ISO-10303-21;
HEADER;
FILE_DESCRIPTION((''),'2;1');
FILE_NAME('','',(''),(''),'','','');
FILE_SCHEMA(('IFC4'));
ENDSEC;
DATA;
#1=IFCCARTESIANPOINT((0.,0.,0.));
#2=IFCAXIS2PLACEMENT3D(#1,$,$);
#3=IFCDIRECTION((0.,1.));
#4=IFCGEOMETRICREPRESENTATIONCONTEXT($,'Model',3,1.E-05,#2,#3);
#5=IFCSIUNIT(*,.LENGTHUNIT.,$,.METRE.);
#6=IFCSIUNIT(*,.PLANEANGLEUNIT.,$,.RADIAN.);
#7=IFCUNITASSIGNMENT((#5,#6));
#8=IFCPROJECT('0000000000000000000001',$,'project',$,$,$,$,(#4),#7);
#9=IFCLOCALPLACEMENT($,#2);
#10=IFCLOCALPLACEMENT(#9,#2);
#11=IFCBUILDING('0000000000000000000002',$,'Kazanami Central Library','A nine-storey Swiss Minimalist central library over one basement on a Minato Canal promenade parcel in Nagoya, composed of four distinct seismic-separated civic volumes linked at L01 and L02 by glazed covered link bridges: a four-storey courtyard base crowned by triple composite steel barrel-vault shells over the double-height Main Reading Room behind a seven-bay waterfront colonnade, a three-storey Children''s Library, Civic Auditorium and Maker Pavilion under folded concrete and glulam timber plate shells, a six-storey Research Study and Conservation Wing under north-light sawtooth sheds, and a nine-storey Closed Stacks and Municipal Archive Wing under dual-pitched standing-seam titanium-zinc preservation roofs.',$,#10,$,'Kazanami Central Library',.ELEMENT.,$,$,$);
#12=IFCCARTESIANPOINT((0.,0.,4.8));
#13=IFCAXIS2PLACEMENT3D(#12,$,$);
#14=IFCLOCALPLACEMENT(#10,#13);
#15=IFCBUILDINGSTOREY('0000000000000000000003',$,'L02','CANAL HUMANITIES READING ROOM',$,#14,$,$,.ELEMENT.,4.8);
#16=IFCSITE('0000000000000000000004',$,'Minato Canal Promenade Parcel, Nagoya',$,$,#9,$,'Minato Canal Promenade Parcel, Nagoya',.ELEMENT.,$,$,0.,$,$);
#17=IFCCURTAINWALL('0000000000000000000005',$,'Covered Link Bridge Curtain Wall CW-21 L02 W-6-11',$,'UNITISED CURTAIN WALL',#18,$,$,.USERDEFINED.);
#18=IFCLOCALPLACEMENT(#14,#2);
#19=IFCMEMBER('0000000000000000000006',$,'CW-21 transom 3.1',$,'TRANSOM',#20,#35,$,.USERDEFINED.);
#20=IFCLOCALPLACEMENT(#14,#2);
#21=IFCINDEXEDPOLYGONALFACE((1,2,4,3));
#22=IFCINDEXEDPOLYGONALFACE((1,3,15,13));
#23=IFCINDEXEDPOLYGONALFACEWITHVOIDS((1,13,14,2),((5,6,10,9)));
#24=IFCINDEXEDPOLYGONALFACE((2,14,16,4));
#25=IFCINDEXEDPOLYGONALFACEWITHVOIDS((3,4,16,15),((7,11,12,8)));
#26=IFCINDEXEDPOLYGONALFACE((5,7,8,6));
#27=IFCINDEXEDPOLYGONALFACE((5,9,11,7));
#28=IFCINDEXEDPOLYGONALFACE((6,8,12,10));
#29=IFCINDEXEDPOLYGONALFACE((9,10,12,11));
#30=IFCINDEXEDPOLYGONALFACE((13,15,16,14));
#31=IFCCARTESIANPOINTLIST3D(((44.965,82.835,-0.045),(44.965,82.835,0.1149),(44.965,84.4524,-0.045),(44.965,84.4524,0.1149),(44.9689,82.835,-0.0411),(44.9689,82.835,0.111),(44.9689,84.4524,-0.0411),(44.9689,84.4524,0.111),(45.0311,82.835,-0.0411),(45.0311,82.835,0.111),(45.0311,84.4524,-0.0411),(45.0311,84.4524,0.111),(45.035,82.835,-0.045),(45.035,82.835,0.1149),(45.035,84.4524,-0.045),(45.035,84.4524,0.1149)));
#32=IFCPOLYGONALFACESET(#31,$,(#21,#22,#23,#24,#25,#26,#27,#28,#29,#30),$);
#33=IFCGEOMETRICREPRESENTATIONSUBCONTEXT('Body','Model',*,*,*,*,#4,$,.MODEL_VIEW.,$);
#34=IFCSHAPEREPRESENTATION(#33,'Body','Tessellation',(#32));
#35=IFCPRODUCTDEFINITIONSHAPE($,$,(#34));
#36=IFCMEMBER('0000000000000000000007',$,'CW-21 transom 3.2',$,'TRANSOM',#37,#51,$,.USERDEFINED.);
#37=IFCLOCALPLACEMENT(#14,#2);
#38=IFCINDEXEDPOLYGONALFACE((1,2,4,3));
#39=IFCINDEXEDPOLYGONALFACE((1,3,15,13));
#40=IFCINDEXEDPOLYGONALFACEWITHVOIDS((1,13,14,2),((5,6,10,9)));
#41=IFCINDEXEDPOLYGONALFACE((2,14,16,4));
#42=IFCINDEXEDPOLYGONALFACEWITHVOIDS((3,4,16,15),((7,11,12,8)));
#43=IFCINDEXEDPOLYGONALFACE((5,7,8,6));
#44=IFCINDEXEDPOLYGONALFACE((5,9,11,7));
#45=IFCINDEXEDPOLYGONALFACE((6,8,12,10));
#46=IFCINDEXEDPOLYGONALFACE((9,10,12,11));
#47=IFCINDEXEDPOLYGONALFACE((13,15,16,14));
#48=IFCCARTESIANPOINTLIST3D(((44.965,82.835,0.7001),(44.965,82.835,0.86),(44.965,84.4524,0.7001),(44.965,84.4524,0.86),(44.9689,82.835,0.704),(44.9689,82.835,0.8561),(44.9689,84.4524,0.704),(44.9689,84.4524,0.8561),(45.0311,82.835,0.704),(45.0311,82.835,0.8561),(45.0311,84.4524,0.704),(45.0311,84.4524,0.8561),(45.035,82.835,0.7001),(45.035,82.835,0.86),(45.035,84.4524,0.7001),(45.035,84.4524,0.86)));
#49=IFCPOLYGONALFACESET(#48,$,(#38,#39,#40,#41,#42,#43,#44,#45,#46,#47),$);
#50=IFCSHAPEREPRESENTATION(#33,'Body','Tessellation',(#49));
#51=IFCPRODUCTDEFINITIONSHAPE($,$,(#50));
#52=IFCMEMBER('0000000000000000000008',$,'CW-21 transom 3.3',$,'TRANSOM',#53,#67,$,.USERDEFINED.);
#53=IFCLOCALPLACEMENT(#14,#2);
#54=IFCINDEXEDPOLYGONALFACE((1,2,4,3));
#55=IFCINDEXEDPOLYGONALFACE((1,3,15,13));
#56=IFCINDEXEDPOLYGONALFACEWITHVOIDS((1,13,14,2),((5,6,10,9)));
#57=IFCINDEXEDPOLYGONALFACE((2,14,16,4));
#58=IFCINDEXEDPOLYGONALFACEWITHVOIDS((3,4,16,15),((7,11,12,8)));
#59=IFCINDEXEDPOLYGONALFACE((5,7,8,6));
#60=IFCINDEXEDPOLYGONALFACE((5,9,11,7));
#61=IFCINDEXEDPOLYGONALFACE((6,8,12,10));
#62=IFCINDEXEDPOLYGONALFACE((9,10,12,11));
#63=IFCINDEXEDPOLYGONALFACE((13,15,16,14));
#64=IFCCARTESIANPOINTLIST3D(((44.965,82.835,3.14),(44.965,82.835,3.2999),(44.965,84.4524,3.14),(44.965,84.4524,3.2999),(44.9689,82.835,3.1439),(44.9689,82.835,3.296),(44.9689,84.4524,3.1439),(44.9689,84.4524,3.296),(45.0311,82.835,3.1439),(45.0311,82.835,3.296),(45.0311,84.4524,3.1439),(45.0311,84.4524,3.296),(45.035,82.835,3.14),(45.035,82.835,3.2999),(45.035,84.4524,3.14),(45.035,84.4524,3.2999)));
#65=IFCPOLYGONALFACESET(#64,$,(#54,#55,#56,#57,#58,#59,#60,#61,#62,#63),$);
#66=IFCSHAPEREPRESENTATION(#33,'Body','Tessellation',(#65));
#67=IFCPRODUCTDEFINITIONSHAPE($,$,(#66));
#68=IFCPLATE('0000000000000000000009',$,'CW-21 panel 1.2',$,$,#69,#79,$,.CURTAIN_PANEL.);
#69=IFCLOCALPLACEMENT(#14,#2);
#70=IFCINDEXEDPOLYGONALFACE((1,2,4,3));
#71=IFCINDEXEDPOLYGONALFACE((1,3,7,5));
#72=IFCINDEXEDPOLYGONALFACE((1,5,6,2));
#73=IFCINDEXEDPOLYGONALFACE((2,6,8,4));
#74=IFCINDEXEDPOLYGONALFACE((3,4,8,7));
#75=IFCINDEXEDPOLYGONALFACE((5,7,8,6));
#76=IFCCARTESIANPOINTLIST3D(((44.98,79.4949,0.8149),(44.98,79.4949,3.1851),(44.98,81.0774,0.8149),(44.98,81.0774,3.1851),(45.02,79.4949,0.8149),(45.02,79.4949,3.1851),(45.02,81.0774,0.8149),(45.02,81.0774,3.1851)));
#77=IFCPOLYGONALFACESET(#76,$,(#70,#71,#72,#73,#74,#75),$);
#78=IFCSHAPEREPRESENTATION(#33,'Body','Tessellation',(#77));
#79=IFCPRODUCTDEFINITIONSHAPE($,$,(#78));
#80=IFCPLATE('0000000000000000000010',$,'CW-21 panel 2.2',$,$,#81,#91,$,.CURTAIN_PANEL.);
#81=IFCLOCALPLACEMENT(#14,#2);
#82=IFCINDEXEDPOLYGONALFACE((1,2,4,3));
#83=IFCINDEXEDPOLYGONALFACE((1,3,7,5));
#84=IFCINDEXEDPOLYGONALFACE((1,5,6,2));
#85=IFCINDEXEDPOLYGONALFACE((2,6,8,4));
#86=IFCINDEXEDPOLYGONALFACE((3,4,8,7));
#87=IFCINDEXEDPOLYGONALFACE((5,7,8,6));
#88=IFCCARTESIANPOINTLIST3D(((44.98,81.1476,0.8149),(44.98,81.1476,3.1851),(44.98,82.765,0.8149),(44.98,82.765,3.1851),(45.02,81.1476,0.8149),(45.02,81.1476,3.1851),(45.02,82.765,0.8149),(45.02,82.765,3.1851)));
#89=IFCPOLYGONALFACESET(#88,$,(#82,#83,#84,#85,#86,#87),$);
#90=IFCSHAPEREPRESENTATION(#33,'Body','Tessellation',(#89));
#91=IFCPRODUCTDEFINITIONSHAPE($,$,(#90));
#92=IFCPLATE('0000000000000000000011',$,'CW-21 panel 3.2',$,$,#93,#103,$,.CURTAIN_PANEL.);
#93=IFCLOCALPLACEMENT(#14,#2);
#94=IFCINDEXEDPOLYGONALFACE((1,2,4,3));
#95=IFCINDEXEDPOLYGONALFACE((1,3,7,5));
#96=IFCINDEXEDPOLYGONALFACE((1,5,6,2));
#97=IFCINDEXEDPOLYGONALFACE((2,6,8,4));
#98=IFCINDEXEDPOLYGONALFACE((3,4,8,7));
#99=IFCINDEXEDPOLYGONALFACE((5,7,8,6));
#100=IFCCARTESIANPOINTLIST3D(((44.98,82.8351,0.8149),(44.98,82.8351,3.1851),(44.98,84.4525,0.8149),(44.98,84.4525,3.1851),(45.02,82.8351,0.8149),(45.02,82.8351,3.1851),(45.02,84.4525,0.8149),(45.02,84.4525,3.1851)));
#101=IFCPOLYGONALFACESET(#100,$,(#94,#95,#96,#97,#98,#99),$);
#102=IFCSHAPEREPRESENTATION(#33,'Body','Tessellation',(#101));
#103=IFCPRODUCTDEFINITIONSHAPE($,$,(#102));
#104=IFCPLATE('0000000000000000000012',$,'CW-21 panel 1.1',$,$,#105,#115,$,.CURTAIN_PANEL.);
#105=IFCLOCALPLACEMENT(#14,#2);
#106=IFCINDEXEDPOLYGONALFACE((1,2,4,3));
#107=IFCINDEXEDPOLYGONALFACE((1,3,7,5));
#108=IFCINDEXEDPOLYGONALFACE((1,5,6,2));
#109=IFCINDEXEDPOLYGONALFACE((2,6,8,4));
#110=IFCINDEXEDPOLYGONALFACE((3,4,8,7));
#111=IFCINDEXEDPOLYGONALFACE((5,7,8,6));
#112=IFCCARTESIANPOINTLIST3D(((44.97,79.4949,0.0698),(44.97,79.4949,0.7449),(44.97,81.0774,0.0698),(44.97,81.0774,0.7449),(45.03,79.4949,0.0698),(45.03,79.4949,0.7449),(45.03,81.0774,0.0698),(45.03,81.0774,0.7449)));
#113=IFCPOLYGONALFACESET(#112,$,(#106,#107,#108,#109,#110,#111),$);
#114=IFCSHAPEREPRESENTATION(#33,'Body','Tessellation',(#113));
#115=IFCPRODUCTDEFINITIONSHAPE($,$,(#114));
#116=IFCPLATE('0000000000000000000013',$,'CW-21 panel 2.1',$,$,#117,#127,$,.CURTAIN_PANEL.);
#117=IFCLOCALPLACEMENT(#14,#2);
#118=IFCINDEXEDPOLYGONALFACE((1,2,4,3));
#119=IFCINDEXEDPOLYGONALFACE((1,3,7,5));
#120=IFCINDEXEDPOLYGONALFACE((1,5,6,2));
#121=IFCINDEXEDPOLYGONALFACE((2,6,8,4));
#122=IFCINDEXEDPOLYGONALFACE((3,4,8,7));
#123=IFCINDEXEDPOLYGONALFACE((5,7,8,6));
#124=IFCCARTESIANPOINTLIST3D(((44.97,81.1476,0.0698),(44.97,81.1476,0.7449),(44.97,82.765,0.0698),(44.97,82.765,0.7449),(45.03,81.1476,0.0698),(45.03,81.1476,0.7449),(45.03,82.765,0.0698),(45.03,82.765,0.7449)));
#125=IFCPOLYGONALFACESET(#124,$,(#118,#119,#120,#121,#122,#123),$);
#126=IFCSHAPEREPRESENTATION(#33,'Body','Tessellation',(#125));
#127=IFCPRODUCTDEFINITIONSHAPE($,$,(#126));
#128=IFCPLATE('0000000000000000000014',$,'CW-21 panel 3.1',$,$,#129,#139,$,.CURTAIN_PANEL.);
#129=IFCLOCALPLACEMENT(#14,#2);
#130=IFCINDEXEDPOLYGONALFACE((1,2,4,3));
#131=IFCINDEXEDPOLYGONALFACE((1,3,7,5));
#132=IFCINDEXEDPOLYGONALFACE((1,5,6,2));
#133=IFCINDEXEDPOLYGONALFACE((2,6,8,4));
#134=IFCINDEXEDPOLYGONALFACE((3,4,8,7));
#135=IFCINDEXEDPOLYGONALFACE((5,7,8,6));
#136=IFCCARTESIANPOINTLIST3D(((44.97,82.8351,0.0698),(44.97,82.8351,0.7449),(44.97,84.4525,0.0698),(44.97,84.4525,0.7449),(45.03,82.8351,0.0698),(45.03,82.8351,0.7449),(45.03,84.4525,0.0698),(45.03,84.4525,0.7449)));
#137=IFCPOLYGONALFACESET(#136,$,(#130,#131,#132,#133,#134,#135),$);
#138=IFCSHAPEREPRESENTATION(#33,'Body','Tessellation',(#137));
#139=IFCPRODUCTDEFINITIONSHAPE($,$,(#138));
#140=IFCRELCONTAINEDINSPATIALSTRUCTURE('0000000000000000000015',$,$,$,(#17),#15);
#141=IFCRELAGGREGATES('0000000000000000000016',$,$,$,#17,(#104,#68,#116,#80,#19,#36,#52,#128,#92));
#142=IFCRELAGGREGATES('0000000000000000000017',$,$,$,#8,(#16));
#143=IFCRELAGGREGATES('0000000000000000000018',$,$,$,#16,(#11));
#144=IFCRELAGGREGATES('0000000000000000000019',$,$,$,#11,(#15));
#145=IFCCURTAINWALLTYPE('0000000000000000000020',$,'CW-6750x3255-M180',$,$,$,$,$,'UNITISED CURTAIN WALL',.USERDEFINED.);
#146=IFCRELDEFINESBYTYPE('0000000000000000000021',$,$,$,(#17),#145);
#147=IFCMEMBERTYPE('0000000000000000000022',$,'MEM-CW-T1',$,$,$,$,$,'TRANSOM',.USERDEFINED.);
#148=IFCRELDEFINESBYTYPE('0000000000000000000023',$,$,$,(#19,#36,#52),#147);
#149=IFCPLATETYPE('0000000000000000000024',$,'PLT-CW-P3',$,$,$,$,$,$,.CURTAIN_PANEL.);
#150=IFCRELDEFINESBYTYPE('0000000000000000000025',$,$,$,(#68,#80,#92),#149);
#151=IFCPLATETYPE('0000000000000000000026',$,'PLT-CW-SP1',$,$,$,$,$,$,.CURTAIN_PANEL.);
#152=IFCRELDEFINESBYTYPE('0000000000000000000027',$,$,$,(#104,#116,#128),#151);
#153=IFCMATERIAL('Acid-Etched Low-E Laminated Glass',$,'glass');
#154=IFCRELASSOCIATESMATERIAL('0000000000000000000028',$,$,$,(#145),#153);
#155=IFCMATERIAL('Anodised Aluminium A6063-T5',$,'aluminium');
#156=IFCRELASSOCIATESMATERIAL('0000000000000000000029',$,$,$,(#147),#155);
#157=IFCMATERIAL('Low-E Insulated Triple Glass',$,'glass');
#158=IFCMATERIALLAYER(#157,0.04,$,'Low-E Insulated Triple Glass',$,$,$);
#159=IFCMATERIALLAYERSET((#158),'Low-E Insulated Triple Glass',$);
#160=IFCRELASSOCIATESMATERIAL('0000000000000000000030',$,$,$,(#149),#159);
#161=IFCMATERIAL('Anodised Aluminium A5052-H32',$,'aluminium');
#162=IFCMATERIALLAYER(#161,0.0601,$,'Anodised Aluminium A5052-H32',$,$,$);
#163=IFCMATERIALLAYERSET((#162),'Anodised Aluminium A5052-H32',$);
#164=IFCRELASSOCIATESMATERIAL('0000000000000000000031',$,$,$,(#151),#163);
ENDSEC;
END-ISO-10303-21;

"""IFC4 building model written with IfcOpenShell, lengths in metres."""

from ifc_helpers import new_model, si_unit, direction, frame, origin, origin_2d, place, context, subcontext, project, spatial, rectangle, hollow_rectangle, extrude, material, layer, layer_set, material_profile, profile_set, type_object, element, aggregate, save


model = new_model("IFC4")

# Units and contexts
model_context = context("Model", 3, precision=1e-05, world=origin(), true_north=direction((0.0, 1.0)))
body_context = subcontext(model_context, "Body", "Model", "MODEL_VIEW")
ifc_project = project(units=[si_unit("LENGTHUNIT", "METRE"), si_unit("PLANEANGLEUNIT", "RADIAN")], contexts=[model_context])

# Site, building, storey
site_placement = place(None, origin())
site = spatial("IfcSite", under=ifc_project, at=site_placement, Name="Minato Canal Promenade Parcel, Nagoya", LongName="Minato Canal Promenade Parcel, Nagoya", CompositionType="ELEMENT", RefElevation=0.0)
building_placement = place(site_placement, origin())
building = spatial("IfcBuilding", under=site, at=building_placement, Name="Kazanami Central Library", Description="A nine-storey Swiss Minimalist central library over one basement on a Minato Canal promenade parcel in Nagoya, composed of four distinct seismic-separated civic volumes linked at L01 and L02 by glazed covered link bridges: a four-storey courtyard base crowned by triple composite steel barrel-vault shells over the double-height Main Reading Room behind a seven-bay waterfront colonnade, a three-storey Children's Library, Civic Auditorium and Maker Pavilion under folded concrete and glulam timber plate shells, a six-storey Research Study and Conservation Wing under north-light sawtooth sheds, and a nine-storey Closed Stacks and Municipal Archive Wing under dual-pitched standing-seam titanium-zinc preservation roofs.", LongName="Kazanami Central Library", CompositionType="ELEMENT")
storey_placement = place(building_placement, frame((0.0, 0.0, 4.8)))
storey = spatial("IfcBuildingStorey", under=building, at=storey_placement, Name="L02", Description="CANAL HUMANITIES READING ROOM", CompositionType="ELEMENT", Elevation=4.8)

# Curtain wall, members, plates
ifc_material_1 = material(Name="Acid-Etched Low-E Laminated Glass", Category="glass")
curtain_wall_type = type_object("IfcCurtainWallType", Name="CW-6750x3255-M180", ElementType="UNITISED CURTAIN WALL", PredefinedType="USERDEFINED", material=ifc_material_1)
curtain_wall_placement = place(storey_placement, origin())
curtain_wall = element("IfcCurtainWall", 1, at=curtain_wall_placement, inside=storey, type_object=curtain_wall_type, Name="Covered Link Bridge Curtain Wall CW-21 L02 W-6-11", ObjectType="UNITISED CURTAIN WALL", PredefinedType="USERDEFINED")
ifc_material_2 = material(Name="Anodised Aluminium A6063-T5", Category="aluminium")
ifc_material_profile_1 = material_profile(ifc_material_2, hollow_rectangle(XDim=0.0701, YDim=0.1599, WallThickness=0.0039, at=origin_2d()), Name="ALU-TRAN-70x160x4")
ifc_profile_set_1 = profile_set([ifc_material_profile_1], Name="Anodised Aluminium A6063-T5")
member_type_1 = type_object("IfcMemberType", Name="MEM-CW-T1", ElementType="TRANSOM", PredefinedType="USERDEFINED", material=ifc_profile_set_1)
member_1_placement = place(storey_placement, frame((45.0, 82.835, 0.0349), z_axis=(0.0, 1.0, 0.0), x_axis=(-1.0, 0.0, 0.0)))
member_1 = element("IfcMember", 2, at=member_1_placement, type_object=member_type_1, Name="CW-21 transom 3.1", ObjectType="TRANSOM", PredefinedType="USERDEFINED", context=body_context, shape_type="SweptSolid", body=[
    extrude(hollow_rectangle(XDim=0.0701, YDim=0.1599, WallThickness=0.0039, at=origin_2d()), origin(), (0.0, 0.0, 1.0), 1.6174),
])
member_2_placement = place(storey_placement, frame((45.0, 82.835, 0.78), z_axis=(0.0, 1.0, 0.0), x_axis=(-1.0, 0.0, 0.0)))
member_2 = element("IfcMember", 3, at=member_2_placement, type_object=member_type_1, Name="CW-21 transom 3.2", ObjectType="TRANSOM", PredefinedType="USERDEFINED", context=body_context, shape_type="SweptSolid", body=[
    extrude(hollow_rectangle(XDim=0.0701, YDim=0.1599, WallThickness=0.0039, at=origin_2d()), origin(), (0.0, 0.0, 1.0), 1.6174),
])
member_3_placement = place(storey_placement, frame((45.0, 82.835, 3.22), z_axis=(0.0, 1.0, 0.0), x_axis=(-1.0, 0.0, 0.0)))
member_3 = element("IfcMember", 4, at=member_3_placement, type_object=member_type_1, Name="CW-21 transom 3.3", ObjectType="TRANSOM", PredefinedType="USERDEFINED", context=body_context, shape_type="SweptSolid", body=[
    extrude(hollow_rectangle(XDim=0.0701, YDim=0.1599, WallThickness=0.0039, at=origin_2d()), origin(), (0.0, 0.0, 1.0), 1.6174),
])
ifc_material_3 = material(Name="Low-E Insulated Triple Glass", Category="glass")
ifc_layer_1 = layer(ifc_material_3, 0.04, Name="Low-E Insulated Triple Glass")
ifc_layer_set_1 = layer_set([ifc_layer_1], Name="Low-E Insulated Triple Glass")
plate_type_1 = type_object("IfcPlateType", Name="PLT-CW-P3", PredefinedType="CURTAIN_PANEL", material=ifc_layer_set_1)
plate_1_placement = place(storey_placement, frame((45.0, 80.2861, 0.8149), z_axis=(0.0, 0.0, 1.0), x_axis=(0.0, 1.0, 0.0)))
plate_1 = element("IfcPlate", 5, at=plate_1_placement, type_object=plate_type_1, Name="CW-21 panel 1.2", PredefinedType="CURTAIN_PANEL", context=body_context, shape_type="SweptSolid", body=[
    extrude(rectangle(XDim=1.5825, YDim=0.04, at=origin_2d()), origin(), (0.0, 0.0, 1.0), 2.3701),
])
plate_2_placement = place(storey_placement, frame((45.0, 81.9563, 0.8149), z_axis=(0.0, 0.0, 1.0), x_axis=(0.0, 1.0, 0.0)))
plate_2 = element("IfcPlate", 6, at=plate_2_placement, type_object=plate_type_1, Name="CW-21 panel 2.2", PredefinedType="CURTAIN_PANEL", context=body_context, shape_type="SweptSolid", body=[
    extrude(rectangle(XDim=1.6174, YDim=0.04, at=origin_2d()), origin(), (0.0, 0.0, 1.0), 2.3701),
])
plate_3_placement = place(storey_placement, frame((45.0, 83.6438, 0.8149), z_axis=(0.0, 0.0, 1.0), x_axis=(0.0, 1.0, 0.0)))
plate_3 = element("IfcPlate", 7, at=plate_3_placement, type_object=plate_type_1, Name="CW-21 panel 3.2", PredefinedType="CURTAIN_PANEL", context=body_context, shape_type="SweptSolid", body=[
    extrude(rectangle(XDim=1.6174, YDim=0.04, at=origin_2d()), origin(), (0.0, 0.0, 1.0), 2.3701),
])
ifc_material_4 = material(Name="Anodised Aluminium A5052-H32", Category="aluminium")
ifc_layer_2 = layer(ifc_material_4, 0.0601, Name="Anodised Aluminium A5052-H32")
ifc_layer_set_2 = layer_set([ifc_layer_2], Name="Anodised Aluminium A5052-H32")
plate_type_2 = type_object("IfcPlateType", Name="PLT-CW-SP1", PredefinedType="CURTAIN_PANEL", material=ifc_layer_set_2)
plate_4_placement = place(storey_placement, frame((45.0, 80.2861, 0.0698), z_axis=(0.0, 0.0, 1.0), x_axis=(0.0, 1.0, 0.0)))
plate_4 = element("IfcPlate", 8, at=plate_4_placement, type_object=plate_type_2, Name="CW-21 panel 1.1", PredefinedType="CURTAIN_PANEL", context=body_context, shape_type="SweptSolid", body=[
    extrude(rectangle(XDim=1.5825, YDim=0.0601, at=origin_2d()), origin(), (0.0, 0.0, 1.0), 0.675),
])
plate_5_placement = place(storey_placement, frame((45.0, 81.9563, 0.0698), z_axis=(0.0, 0.0, 1.0), x_axis=(0.0, 1.0, 0.0)))
plate_5 = element("IfcPlate", 9, at=plate_5_placement, type_object=plate_type_2, Name="CW-21 panel 2.1", PredefinedType="CURTAIN_PANEL", context=body_context, shape_type="SweptSolid", body=[
    extrude(rectangle(XDim=1.6174, YDim=0.0601, at=origin_2d()), origin(), (0.0, 0.0, 1.0), 0.675),
])
plate_6_placement = place(storey_placement, frame((45.0, 83.6438, 0.0698), z_axis=(0.0, 0.0, 1.0), x_axis=(0.0, 1.0, 0.0)))
plate_6 = element("IfcPlate", 10, at=plate_6_placement, type_object=plate_type_2, Name="CW-21 panel 3.1", PredefinedType="CURTAIN_PANEL", context=body_context, shape_type="SweptSolid", body=[
    extrude(rectangle(XDim=1.6174, YDim=0.0601, at=origin_2d()), origin(), (0.0, 0.0, 1.0), 0.675),
])
aggregate(curtain_wall, [plate_4, plate_1, plate_5, plate_2, member_1, member_2, member_3, plate_6, plate_3])

save(model, "model.ifc")
